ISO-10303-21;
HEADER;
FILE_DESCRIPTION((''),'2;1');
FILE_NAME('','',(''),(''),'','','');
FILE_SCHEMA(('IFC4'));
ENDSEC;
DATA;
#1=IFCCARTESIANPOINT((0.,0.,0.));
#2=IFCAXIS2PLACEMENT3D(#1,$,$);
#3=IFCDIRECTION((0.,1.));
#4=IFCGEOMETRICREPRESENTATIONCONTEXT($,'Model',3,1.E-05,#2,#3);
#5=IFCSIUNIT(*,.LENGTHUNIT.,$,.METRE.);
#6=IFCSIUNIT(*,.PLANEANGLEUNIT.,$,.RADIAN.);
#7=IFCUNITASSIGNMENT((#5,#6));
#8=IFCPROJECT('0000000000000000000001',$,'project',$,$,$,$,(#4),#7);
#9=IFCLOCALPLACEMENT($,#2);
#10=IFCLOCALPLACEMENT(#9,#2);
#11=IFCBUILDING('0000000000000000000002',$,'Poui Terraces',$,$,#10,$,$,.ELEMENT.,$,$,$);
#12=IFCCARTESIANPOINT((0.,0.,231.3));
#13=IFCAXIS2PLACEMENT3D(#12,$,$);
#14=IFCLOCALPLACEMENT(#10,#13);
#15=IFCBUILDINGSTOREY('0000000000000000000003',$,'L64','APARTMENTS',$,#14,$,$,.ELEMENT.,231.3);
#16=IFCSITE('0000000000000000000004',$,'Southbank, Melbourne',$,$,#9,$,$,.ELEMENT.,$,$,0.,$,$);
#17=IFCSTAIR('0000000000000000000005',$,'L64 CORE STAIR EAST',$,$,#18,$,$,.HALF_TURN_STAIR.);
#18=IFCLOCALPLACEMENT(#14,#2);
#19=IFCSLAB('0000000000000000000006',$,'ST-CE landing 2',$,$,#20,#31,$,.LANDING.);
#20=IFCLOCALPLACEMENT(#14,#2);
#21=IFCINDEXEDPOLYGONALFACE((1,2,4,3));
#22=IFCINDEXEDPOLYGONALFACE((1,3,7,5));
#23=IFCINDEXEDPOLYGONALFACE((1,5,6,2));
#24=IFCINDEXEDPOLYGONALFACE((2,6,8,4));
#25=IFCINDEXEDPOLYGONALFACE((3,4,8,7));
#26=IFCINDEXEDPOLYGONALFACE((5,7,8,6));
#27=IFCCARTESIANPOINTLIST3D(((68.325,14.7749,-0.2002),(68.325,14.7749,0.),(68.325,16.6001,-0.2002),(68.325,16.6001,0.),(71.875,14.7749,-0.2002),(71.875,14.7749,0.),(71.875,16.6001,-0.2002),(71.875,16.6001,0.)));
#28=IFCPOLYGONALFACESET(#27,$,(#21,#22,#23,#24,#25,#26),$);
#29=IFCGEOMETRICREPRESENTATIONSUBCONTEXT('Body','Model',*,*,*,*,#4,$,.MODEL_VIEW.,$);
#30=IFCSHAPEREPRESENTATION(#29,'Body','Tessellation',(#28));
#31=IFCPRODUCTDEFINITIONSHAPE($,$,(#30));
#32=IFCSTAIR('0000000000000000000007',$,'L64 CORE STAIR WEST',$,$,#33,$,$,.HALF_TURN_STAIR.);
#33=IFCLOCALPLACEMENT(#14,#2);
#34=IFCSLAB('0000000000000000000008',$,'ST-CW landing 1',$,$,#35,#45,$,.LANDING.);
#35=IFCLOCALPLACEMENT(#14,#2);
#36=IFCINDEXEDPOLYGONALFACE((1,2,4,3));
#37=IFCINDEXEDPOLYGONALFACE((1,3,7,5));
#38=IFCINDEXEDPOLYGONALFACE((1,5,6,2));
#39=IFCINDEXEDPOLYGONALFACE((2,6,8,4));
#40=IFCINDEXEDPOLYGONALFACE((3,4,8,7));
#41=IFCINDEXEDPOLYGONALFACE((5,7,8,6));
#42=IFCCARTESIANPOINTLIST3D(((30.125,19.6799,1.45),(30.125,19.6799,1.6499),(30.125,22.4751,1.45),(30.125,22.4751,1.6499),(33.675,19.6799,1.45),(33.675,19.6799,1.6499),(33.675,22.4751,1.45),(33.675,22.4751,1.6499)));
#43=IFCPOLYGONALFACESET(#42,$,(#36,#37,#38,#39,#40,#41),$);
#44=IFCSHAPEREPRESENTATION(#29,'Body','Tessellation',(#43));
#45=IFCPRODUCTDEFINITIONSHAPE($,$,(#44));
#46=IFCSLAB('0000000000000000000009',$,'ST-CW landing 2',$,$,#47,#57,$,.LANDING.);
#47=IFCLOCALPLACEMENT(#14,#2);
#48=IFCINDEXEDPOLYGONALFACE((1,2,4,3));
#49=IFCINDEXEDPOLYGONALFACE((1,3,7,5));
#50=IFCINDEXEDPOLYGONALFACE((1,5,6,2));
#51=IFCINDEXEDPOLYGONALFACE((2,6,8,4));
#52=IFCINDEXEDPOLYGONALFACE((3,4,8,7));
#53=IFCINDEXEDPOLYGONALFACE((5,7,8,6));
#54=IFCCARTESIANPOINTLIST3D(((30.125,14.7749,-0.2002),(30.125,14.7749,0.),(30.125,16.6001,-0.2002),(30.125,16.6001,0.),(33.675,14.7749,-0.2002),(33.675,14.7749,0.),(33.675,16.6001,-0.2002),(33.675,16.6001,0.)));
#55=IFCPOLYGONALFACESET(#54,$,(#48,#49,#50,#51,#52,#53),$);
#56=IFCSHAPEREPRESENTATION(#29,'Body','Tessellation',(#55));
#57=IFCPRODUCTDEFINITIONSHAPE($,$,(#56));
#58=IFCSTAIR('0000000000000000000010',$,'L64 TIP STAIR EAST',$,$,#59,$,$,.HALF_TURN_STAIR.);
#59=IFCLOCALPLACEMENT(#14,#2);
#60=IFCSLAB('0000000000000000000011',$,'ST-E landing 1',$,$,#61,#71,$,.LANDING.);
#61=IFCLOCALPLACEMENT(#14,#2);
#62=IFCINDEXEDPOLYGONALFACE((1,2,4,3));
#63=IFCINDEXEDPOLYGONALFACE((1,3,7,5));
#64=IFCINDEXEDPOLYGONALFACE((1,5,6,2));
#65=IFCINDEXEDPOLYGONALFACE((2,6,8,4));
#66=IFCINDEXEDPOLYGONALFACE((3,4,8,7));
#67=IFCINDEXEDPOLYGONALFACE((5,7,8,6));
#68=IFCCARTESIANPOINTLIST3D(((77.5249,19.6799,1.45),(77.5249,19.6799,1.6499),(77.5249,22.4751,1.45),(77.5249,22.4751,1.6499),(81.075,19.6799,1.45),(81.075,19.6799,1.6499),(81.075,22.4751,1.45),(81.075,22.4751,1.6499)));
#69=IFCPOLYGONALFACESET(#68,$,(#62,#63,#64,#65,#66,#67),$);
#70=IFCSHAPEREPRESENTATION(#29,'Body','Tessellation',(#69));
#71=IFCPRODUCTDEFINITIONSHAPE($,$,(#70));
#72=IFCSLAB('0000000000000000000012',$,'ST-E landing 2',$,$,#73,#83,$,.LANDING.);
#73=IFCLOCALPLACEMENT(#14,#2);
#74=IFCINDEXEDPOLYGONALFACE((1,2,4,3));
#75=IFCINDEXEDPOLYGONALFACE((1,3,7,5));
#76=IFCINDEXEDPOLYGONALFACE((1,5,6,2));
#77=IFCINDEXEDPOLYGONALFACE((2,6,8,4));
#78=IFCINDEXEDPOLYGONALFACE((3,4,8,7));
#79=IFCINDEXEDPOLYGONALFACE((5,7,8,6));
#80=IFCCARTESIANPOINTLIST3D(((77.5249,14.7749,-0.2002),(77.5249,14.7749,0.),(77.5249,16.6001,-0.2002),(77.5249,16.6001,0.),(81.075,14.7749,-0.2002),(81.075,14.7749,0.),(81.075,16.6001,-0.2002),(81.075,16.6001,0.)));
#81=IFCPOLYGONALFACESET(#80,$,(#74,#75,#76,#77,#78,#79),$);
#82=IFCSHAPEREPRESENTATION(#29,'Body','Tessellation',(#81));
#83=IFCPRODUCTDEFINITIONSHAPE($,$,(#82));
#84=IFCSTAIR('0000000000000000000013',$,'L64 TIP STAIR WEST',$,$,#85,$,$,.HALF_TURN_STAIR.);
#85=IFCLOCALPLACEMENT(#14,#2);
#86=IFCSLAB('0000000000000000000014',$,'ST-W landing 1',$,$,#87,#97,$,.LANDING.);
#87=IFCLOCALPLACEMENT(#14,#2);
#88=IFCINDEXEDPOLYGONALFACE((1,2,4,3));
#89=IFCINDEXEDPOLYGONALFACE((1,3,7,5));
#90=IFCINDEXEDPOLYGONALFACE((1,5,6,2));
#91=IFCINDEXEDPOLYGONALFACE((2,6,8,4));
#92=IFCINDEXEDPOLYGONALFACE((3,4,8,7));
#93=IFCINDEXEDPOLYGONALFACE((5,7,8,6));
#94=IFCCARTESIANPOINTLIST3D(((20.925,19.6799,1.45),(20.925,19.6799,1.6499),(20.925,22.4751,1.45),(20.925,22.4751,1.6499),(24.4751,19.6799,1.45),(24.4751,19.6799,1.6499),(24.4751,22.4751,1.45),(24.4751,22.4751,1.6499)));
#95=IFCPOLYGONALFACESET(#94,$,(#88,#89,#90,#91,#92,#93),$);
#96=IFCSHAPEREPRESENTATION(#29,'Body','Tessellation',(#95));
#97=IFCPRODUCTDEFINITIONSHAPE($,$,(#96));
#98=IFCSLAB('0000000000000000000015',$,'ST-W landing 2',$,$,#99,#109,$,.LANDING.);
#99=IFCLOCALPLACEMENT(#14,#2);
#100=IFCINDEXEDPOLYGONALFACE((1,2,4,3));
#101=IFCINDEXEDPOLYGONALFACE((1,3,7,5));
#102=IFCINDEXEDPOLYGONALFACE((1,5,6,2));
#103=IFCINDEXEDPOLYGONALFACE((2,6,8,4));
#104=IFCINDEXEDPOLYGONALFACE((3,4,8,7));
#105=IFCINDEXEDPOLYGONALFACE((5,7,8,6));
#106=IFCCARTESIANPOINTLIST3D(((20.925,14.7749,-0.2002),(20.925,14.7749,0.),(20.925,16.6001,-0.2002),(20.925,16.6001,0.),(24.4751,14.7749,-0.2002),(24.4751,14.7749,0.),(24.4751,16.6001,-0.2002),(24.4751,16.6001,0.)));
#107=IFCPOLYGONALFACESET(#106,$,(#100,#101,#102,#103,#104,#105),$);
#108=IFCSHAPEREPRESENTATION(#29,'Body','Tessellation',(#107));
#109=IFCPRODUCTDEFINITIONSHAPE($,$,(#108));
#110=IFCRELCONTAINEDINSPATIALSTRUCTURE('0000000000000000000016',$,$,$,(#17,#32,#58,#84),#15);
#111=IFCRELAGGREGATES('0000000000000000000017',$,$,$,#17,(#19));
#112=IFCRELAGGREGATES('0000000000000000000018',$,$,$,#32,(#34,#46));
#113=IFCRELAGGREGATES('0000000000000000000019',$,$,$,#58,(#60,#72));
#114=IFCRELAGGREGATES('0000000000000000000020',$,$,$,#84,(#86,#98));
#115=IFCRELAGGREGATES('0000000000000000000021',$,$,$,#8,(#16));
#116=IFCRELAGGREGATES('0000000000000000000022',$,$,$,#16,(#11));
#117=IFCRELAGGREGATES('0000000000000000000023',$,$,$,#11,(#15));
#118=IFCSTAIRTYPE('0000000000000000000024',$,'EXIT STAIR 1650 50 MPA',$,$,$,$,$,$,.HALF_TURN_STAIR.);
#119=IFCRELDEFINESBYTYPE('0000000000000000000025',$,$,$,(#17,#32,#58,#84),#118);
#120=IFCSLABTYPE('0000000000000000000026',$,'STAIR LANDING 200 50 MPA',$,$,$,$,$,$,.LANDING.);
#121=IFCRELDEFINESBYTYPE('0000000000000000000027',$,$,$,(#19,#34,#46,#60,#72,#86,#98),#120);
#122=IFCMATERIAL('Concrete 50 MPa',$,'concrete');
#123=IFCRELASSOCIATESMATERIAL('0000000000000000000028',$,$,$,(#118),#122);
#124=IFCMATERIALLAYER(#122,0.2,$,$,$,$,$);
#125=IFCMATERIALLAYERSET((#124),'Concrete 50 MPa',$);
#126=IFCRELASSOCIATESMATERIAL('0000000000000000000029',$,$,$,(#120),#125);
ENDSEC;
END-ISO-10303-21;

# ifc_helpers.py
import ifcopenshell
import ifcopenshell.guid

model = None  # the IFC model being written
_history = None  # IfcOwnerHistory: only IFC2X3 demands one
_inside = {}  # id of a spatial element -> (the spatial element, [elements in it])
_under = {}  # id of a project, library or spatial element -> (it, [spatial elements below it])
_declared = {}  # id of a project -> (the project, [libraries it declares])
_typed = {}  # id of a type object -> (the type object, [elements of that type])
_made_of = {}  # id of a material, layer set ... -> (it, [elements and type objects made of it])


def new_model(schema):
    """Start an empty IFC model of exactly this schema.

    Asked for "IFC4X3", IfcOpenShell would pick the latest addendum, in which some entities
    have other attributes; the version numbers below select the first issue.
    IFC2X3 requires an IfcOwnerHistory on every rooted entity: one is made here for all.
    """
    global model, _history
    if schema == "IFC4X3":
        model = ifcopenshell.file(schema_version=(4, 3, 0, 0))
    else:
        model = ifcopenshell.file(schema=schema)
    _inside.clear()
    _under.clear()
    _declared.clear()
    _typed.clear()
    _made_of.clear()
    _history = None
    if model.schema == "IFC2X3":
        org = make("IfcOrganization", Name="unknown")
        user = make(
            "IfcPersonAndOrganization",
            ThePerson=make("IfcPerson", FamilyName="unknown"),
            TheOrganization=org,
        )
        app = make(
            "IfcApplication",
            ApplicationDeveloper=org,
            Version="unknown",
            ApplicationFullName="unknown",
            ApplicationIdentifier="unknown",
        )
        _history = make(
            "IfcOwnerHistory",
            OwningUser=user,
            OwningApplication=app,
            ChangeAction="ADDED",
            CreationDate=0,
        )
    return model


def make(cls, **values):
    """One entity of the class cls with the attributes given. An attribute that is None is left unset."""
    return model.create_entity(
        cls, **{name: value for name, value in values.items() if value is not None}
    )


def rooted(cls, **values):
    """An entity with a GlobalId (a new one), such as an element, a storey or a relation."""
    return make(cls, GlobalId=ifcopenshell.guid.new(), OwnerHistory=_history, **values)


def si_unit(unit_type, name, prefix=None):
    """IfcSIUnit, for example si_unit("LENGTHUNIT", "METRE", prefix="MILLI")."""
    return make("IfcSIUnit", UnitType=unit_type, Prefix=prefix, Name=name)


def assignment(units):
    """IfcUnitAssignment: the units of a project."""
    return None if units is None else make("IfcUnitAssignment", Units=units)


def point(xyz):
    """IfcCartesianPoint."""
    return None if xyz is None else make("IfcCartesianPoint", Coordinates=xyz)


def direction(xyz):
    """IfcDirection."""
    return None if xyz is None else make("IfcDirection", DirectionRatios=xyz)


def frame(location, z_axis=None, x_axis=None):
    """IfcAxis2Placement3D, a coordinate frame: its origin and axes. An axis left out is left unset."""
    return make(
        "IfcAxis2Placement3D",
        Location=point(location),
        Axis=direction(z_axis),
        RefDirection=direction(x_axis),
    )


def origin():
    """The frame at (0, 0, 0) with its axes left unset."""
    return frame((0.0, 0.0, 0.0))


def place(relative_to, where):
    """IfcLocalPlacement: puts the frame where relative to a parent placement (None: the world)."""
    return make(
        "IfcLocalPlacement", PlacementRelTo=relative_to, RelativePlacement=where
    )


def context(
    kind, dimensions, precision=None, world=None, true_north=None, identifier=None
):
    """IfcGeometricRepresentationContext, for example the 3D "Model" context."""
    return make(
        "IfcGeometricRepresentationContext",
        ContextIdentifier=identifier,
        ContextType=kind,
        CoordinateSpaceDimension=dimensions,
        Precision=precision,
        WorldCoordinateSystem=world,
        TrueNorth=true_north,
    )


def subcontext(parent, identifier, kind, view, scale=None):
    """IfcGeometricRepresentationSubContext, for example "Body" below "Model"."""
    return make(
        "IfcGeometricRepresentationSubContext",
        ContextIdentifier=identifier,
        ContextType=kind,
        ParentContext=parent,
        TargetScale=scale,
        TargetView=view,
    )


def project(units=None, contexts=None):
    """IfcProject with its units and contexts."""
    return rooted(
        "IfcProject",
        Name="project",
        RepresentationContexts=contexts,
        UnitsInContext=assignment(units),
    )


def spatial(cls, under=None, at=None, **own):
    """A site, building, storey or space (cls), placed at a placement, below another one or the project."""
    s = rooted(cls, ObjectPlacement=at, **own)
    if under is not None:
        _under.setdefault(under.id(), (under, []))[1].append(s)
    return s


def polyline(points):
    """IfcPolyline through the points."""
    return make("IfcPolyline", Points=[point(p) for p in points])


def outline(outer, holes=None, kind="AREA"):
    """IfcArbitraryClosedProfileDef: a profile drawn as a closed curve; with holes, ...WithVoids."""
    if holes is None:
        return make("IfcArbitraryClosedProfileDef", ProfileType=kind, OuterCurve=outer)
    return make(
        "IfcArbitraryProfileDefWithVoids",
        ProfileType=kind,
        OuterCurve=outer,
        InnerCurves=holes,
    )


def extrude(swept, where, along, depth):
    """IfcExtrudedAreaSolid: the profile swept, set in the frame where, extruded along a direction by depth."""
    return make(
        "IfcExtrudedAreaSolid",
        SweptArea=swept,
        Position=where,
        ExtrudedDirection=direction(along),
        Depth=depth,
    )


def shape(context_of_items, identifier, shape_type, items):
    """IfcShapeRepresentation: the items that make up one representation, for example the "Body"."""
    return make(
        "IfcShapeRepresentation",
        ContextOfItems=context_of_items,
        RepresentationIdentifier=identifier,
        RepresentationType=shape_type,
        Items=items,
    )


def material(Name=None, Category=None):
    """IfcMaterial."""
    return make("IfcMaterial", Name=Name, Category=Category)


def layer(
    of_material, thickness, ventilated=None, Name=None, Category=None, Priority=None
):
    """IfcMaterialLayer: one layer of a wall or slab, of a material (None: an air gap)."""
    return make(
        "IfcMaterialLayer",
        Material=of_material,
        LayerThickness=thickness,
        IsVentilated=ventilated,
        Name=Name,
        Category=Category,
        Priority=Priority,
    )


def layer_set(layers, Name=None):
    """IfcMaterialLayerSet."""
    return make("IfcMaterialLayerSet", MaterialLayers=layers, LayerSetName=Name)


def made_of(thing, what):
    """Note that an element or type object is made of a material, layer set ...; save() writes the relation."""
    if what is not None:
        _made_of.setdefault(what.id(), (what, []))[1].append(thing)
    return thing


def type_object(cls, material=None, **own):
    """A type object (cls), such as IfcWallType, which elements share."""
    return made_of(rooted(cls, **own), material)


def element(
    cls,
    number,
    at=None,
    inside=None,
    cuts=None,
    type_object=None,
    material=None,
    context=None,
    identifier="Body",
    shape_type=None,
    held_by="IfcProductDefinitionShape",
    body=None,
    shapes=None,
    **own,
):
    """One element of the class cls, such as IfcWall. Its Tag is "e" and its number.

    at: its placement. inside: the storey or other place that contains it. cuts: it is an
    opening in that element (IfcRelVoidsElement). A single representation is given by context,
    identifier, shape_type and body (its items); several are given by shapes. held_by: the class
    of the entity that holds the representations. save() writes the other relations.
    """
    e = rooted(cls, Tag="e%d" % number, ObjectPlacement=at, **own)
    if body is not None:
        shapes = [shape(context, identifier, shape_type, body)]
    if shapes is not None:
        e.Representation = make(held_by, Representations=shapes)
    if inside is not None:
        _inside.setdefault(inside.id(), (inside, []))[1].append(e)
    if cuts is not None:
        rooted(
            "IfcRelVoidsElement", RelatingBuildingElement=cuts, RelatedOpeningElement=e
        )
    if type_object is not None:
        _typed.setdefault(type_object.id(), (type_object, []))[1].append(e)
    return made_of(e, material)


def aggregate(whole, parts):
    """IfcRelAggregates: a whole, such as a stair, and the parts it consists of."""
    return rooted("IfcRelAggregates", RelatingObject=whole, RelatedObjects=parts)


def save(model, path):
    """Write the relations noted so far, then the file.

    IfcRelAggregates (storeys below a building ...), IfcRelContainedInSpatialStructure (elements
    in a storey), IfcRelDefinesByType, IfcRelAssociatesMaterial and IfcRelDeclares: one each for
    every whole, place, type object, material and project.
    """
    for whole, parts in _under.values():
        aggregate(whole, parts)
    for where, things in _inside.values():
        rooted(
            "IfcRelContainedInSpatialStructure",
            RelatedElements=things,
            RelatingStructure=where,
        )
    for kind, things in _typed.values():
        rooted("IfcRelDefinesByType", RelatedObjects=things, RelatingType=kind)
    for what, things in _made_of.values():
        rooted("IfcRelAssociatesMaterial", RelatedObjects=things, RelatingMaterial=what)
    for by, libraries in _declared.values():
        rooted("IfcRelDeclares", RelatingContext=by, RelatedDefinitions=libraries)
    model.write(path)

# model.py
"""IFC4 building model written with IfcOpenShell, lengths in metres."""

from ifc_helpers import new_model, si_unit, direction, frame, origin, place, context, subcontext, project, spatial, polyline, outline, extrude, material, layer, layer_set, type_object, element, aggregate, save


model = new_model("IFC4")

# Units and contexts
model_context = context("Model", 3, precision=1e-05, world=origin(), true_north=direction((0.0, 1.0)))
body_context = subcontext(model_context, "Body", "Model", "MODEL_VIEW")
ifc_project = project(units=[si_unit("LENGTHUNIT", "METRE"), si_unit("PLANEANGLEUNIT", "RADIAN")], contexts=[model_context])

# Site, building, storey
site_placement = place(None, origin())
site = spatial("IfcSite", under=ifc_project, at=site_placement, Name="Southbank, Melbourne", CompositionType="ELEMENT", RefElevation=0.0)
building_placement = place(site_placement, origin())
building = spatial("IfcBuilding", under=site, at=building_placement, Name="Poui Terraces", CompositionType="ELEMENT")
storey_placement = place(building_placement, frame((0.0, 0.0, 231.3)))
storey = spatial("IfcBuildingStorey", under=building, at=storey_placement, Name="L64", Description="APARTMENTS", CompositionType="ELEMENT", Elevation=231.3)

# Stair, slab
ifc_material_1 = material(Name="Concrete 50 MPa", Category="concrete")
stair_type = type_object("IfcStairType", Name="EXIT STAIR 1650 50 MPA", PredefinedType="HALF_TURN_STAIR", material=ifc_material_1)
stair_1_placement = place(storey_placement, origin())
stair_1 = element("IfcStair", 1, at=stair_1_placement, inside=storey, type_object=stair_type, Name="L64 CORE STAIR EAST", PredefinedType="HALF_TURN_STAIR")
ifc_layer_1 = layer(ifc_material_1, 0.2)
ifc_layer_set_1 = layer_set([ifc_layer_1], Name="Concrete 50 MPa")
slab_type_1 = type_object("IfcSlabType", Name="STAIR LANDING 200 50 MPA", PredefinedType="LANDING", material=ifc_layer_set_1)
slab_1_placement = place(storey_placement, frame((0.0, 0.0, -0.2002)))
slab_1 = element("IfcSlab", 2, at=slab_1_placement, type_object=slab_type_1, Name="ST-CE landing 2", PredefinedType="LANDING", context=body_context, shape_type="SweptSolid", body=[
    extrude(outline(polyline([(68.325, 14.7749), (71.875, 14.7749), (71.875, 16.6001), (68.325, 16.6001), (68.325, 14.7749)])), origin(), (0.0, 0.0, 1.0), 0.2002),
])
aggregate(stair_1, [slab_1])

# Stairs, slabs
stair_2_placement = place(storey_placement, origin())
stair_2 = element("IfcStair", 3, at=stair_2_placement, inside=storey, type_object=stair_type, Name="L64 CORE STAIR WEST", PredefinedType="HALF_TURN_STAIR")
slab_2_placement = place(storey_placement, frame((0.0, 0.0, 1.45)))
slab_2 = element("IfcSlab", 4, at=slab_2_placement, type_object=slab_type_1, Name="ST-CW landing 1", PredefinedType="LANDING", context=body_context, shape_type="SweptSolid", body=[
    extrude(outline(polyline([(30.125, 19.6799), (33.675, 19.6799), (33.675, 22.4751), (30.125, 22.4751), (30.125, 19.6799)])), origin(), (0.0, 0.0, 1.0), 0.2),
])
slab_3_placement = place(storey_placement, frame((0.0, 0.0, -0.2002)))
slab_3 = element("IfcSlab", 5, at=slab_3_placement, type_object=slab_type_1, Name="ST-CW landing 2", PredefinedType="LANDING", context=body_context, shape_type="SweptSolid", body=[
    extrude(outline(polyline([(30.125, 14.7749), (33.675, 14.7749), (33.675, 16.6001), (30.125, 16.6001), (30.125, 14.7749)])), origin(), (0.0, 0.0, 1.0), 0.2002),
])
aggregate(stair_2, [slab_2, slab_3])
stair_3_placement = place(storey_placement, origin())
stair_3 = element("IfcStair", 6, at=stair_3_placement, inside=storey, type_object=stair_type, Name="L64 TIP STAIR EAST", PredefinedType="HALF_TURN_STAIR")
slab_4_placement = place(storey_placement, frame((0.0, 0.0, 1.45)))
slab_4 = element("IfcSlab", 7, at=slab_4_placement, type_object=slab_type_1, Name="ST-E landing 1", PredefinedType="LANDING", context=body_context, shape_type="SweptSolid", body=[
    extrude(outline(polyline([(77.5249, 19.6799), (81.075, 19.6799), (81.075, 22.4751), (77.5249, 22.4751), (77.5249, 19.6799)])), origin(), (0.0, 0.0, 1.0), 0.2),
])
slab_5_placement = place(storey_placement, frame((0.0, 0.0, -0.2002)))
slab_5 = element("IfcSlab", 8, at=slab_5_placement, type_object=slab_type_1, Name="ST-E landing 2", PredefinedType="LANDING", context=body_context, shape_type="SweptSolid", body=[
    extrude(outline(polyline([(77.5249, 14.7749), (81.075, 14.7749), (81.075, 16.6001), (77.5249, 16.6001), (77.5249, 14.7749)])), origin(), (0.0, 0.0, 1.0), 0.2002),
])
aggregate(stair_3, [slab_4, slab_5])
stair_4_placement = place(storey_placement, origin())
stair_4 = element("IfcStair", 9, at=stair_4_placement, inside=storey, type_object=stair_type, Name="L64 TIP STAIR WEST", PredefinedType="HALF_TURN_STAIR")
slab_6_placement = place(storey_placement, frame((0.0, 0.0, 1.45)))
slab_6 = element("IfcSlab", 10, at=slab_6_placement, type_object=slab_type_1, Name="ST-W landing 1", PredefinedType="LANDING", context=body_context, shape_type="SweptSolid", body=[
    extrude(outline(polyline([(20.925, 19.6799), (24.4751, 19.6799), (24.4751, 22.4751), (20.925, 22.4751), (20.925, 19.6799)])), origin(), (0.0, 0.0, 1.0), 0.2),
])
slab_7_placement = place(storey_placement, frame((0.0, 0.0, -0.2002)))
slab_7 = element("IfcSlab", 11, at=slab_7_placement, type_object=slab_type_1, Name="ST-W landing 2", PredefinedType="LANDING", context=body_context, shape_type="SweptSolid", body=[
    extrude(outline(polyline([(20.925, 14.7749), (24.4751, 14.7749), (24.4751, 16.6001), (20.925, 16.6001), (20.925, 14.7749)])), origin(), (0.0, 0.0, 1.0), 0.2002),
])
aggregate(stair_4, [slab_6, slab_7])

save(model, "model.ifc")
